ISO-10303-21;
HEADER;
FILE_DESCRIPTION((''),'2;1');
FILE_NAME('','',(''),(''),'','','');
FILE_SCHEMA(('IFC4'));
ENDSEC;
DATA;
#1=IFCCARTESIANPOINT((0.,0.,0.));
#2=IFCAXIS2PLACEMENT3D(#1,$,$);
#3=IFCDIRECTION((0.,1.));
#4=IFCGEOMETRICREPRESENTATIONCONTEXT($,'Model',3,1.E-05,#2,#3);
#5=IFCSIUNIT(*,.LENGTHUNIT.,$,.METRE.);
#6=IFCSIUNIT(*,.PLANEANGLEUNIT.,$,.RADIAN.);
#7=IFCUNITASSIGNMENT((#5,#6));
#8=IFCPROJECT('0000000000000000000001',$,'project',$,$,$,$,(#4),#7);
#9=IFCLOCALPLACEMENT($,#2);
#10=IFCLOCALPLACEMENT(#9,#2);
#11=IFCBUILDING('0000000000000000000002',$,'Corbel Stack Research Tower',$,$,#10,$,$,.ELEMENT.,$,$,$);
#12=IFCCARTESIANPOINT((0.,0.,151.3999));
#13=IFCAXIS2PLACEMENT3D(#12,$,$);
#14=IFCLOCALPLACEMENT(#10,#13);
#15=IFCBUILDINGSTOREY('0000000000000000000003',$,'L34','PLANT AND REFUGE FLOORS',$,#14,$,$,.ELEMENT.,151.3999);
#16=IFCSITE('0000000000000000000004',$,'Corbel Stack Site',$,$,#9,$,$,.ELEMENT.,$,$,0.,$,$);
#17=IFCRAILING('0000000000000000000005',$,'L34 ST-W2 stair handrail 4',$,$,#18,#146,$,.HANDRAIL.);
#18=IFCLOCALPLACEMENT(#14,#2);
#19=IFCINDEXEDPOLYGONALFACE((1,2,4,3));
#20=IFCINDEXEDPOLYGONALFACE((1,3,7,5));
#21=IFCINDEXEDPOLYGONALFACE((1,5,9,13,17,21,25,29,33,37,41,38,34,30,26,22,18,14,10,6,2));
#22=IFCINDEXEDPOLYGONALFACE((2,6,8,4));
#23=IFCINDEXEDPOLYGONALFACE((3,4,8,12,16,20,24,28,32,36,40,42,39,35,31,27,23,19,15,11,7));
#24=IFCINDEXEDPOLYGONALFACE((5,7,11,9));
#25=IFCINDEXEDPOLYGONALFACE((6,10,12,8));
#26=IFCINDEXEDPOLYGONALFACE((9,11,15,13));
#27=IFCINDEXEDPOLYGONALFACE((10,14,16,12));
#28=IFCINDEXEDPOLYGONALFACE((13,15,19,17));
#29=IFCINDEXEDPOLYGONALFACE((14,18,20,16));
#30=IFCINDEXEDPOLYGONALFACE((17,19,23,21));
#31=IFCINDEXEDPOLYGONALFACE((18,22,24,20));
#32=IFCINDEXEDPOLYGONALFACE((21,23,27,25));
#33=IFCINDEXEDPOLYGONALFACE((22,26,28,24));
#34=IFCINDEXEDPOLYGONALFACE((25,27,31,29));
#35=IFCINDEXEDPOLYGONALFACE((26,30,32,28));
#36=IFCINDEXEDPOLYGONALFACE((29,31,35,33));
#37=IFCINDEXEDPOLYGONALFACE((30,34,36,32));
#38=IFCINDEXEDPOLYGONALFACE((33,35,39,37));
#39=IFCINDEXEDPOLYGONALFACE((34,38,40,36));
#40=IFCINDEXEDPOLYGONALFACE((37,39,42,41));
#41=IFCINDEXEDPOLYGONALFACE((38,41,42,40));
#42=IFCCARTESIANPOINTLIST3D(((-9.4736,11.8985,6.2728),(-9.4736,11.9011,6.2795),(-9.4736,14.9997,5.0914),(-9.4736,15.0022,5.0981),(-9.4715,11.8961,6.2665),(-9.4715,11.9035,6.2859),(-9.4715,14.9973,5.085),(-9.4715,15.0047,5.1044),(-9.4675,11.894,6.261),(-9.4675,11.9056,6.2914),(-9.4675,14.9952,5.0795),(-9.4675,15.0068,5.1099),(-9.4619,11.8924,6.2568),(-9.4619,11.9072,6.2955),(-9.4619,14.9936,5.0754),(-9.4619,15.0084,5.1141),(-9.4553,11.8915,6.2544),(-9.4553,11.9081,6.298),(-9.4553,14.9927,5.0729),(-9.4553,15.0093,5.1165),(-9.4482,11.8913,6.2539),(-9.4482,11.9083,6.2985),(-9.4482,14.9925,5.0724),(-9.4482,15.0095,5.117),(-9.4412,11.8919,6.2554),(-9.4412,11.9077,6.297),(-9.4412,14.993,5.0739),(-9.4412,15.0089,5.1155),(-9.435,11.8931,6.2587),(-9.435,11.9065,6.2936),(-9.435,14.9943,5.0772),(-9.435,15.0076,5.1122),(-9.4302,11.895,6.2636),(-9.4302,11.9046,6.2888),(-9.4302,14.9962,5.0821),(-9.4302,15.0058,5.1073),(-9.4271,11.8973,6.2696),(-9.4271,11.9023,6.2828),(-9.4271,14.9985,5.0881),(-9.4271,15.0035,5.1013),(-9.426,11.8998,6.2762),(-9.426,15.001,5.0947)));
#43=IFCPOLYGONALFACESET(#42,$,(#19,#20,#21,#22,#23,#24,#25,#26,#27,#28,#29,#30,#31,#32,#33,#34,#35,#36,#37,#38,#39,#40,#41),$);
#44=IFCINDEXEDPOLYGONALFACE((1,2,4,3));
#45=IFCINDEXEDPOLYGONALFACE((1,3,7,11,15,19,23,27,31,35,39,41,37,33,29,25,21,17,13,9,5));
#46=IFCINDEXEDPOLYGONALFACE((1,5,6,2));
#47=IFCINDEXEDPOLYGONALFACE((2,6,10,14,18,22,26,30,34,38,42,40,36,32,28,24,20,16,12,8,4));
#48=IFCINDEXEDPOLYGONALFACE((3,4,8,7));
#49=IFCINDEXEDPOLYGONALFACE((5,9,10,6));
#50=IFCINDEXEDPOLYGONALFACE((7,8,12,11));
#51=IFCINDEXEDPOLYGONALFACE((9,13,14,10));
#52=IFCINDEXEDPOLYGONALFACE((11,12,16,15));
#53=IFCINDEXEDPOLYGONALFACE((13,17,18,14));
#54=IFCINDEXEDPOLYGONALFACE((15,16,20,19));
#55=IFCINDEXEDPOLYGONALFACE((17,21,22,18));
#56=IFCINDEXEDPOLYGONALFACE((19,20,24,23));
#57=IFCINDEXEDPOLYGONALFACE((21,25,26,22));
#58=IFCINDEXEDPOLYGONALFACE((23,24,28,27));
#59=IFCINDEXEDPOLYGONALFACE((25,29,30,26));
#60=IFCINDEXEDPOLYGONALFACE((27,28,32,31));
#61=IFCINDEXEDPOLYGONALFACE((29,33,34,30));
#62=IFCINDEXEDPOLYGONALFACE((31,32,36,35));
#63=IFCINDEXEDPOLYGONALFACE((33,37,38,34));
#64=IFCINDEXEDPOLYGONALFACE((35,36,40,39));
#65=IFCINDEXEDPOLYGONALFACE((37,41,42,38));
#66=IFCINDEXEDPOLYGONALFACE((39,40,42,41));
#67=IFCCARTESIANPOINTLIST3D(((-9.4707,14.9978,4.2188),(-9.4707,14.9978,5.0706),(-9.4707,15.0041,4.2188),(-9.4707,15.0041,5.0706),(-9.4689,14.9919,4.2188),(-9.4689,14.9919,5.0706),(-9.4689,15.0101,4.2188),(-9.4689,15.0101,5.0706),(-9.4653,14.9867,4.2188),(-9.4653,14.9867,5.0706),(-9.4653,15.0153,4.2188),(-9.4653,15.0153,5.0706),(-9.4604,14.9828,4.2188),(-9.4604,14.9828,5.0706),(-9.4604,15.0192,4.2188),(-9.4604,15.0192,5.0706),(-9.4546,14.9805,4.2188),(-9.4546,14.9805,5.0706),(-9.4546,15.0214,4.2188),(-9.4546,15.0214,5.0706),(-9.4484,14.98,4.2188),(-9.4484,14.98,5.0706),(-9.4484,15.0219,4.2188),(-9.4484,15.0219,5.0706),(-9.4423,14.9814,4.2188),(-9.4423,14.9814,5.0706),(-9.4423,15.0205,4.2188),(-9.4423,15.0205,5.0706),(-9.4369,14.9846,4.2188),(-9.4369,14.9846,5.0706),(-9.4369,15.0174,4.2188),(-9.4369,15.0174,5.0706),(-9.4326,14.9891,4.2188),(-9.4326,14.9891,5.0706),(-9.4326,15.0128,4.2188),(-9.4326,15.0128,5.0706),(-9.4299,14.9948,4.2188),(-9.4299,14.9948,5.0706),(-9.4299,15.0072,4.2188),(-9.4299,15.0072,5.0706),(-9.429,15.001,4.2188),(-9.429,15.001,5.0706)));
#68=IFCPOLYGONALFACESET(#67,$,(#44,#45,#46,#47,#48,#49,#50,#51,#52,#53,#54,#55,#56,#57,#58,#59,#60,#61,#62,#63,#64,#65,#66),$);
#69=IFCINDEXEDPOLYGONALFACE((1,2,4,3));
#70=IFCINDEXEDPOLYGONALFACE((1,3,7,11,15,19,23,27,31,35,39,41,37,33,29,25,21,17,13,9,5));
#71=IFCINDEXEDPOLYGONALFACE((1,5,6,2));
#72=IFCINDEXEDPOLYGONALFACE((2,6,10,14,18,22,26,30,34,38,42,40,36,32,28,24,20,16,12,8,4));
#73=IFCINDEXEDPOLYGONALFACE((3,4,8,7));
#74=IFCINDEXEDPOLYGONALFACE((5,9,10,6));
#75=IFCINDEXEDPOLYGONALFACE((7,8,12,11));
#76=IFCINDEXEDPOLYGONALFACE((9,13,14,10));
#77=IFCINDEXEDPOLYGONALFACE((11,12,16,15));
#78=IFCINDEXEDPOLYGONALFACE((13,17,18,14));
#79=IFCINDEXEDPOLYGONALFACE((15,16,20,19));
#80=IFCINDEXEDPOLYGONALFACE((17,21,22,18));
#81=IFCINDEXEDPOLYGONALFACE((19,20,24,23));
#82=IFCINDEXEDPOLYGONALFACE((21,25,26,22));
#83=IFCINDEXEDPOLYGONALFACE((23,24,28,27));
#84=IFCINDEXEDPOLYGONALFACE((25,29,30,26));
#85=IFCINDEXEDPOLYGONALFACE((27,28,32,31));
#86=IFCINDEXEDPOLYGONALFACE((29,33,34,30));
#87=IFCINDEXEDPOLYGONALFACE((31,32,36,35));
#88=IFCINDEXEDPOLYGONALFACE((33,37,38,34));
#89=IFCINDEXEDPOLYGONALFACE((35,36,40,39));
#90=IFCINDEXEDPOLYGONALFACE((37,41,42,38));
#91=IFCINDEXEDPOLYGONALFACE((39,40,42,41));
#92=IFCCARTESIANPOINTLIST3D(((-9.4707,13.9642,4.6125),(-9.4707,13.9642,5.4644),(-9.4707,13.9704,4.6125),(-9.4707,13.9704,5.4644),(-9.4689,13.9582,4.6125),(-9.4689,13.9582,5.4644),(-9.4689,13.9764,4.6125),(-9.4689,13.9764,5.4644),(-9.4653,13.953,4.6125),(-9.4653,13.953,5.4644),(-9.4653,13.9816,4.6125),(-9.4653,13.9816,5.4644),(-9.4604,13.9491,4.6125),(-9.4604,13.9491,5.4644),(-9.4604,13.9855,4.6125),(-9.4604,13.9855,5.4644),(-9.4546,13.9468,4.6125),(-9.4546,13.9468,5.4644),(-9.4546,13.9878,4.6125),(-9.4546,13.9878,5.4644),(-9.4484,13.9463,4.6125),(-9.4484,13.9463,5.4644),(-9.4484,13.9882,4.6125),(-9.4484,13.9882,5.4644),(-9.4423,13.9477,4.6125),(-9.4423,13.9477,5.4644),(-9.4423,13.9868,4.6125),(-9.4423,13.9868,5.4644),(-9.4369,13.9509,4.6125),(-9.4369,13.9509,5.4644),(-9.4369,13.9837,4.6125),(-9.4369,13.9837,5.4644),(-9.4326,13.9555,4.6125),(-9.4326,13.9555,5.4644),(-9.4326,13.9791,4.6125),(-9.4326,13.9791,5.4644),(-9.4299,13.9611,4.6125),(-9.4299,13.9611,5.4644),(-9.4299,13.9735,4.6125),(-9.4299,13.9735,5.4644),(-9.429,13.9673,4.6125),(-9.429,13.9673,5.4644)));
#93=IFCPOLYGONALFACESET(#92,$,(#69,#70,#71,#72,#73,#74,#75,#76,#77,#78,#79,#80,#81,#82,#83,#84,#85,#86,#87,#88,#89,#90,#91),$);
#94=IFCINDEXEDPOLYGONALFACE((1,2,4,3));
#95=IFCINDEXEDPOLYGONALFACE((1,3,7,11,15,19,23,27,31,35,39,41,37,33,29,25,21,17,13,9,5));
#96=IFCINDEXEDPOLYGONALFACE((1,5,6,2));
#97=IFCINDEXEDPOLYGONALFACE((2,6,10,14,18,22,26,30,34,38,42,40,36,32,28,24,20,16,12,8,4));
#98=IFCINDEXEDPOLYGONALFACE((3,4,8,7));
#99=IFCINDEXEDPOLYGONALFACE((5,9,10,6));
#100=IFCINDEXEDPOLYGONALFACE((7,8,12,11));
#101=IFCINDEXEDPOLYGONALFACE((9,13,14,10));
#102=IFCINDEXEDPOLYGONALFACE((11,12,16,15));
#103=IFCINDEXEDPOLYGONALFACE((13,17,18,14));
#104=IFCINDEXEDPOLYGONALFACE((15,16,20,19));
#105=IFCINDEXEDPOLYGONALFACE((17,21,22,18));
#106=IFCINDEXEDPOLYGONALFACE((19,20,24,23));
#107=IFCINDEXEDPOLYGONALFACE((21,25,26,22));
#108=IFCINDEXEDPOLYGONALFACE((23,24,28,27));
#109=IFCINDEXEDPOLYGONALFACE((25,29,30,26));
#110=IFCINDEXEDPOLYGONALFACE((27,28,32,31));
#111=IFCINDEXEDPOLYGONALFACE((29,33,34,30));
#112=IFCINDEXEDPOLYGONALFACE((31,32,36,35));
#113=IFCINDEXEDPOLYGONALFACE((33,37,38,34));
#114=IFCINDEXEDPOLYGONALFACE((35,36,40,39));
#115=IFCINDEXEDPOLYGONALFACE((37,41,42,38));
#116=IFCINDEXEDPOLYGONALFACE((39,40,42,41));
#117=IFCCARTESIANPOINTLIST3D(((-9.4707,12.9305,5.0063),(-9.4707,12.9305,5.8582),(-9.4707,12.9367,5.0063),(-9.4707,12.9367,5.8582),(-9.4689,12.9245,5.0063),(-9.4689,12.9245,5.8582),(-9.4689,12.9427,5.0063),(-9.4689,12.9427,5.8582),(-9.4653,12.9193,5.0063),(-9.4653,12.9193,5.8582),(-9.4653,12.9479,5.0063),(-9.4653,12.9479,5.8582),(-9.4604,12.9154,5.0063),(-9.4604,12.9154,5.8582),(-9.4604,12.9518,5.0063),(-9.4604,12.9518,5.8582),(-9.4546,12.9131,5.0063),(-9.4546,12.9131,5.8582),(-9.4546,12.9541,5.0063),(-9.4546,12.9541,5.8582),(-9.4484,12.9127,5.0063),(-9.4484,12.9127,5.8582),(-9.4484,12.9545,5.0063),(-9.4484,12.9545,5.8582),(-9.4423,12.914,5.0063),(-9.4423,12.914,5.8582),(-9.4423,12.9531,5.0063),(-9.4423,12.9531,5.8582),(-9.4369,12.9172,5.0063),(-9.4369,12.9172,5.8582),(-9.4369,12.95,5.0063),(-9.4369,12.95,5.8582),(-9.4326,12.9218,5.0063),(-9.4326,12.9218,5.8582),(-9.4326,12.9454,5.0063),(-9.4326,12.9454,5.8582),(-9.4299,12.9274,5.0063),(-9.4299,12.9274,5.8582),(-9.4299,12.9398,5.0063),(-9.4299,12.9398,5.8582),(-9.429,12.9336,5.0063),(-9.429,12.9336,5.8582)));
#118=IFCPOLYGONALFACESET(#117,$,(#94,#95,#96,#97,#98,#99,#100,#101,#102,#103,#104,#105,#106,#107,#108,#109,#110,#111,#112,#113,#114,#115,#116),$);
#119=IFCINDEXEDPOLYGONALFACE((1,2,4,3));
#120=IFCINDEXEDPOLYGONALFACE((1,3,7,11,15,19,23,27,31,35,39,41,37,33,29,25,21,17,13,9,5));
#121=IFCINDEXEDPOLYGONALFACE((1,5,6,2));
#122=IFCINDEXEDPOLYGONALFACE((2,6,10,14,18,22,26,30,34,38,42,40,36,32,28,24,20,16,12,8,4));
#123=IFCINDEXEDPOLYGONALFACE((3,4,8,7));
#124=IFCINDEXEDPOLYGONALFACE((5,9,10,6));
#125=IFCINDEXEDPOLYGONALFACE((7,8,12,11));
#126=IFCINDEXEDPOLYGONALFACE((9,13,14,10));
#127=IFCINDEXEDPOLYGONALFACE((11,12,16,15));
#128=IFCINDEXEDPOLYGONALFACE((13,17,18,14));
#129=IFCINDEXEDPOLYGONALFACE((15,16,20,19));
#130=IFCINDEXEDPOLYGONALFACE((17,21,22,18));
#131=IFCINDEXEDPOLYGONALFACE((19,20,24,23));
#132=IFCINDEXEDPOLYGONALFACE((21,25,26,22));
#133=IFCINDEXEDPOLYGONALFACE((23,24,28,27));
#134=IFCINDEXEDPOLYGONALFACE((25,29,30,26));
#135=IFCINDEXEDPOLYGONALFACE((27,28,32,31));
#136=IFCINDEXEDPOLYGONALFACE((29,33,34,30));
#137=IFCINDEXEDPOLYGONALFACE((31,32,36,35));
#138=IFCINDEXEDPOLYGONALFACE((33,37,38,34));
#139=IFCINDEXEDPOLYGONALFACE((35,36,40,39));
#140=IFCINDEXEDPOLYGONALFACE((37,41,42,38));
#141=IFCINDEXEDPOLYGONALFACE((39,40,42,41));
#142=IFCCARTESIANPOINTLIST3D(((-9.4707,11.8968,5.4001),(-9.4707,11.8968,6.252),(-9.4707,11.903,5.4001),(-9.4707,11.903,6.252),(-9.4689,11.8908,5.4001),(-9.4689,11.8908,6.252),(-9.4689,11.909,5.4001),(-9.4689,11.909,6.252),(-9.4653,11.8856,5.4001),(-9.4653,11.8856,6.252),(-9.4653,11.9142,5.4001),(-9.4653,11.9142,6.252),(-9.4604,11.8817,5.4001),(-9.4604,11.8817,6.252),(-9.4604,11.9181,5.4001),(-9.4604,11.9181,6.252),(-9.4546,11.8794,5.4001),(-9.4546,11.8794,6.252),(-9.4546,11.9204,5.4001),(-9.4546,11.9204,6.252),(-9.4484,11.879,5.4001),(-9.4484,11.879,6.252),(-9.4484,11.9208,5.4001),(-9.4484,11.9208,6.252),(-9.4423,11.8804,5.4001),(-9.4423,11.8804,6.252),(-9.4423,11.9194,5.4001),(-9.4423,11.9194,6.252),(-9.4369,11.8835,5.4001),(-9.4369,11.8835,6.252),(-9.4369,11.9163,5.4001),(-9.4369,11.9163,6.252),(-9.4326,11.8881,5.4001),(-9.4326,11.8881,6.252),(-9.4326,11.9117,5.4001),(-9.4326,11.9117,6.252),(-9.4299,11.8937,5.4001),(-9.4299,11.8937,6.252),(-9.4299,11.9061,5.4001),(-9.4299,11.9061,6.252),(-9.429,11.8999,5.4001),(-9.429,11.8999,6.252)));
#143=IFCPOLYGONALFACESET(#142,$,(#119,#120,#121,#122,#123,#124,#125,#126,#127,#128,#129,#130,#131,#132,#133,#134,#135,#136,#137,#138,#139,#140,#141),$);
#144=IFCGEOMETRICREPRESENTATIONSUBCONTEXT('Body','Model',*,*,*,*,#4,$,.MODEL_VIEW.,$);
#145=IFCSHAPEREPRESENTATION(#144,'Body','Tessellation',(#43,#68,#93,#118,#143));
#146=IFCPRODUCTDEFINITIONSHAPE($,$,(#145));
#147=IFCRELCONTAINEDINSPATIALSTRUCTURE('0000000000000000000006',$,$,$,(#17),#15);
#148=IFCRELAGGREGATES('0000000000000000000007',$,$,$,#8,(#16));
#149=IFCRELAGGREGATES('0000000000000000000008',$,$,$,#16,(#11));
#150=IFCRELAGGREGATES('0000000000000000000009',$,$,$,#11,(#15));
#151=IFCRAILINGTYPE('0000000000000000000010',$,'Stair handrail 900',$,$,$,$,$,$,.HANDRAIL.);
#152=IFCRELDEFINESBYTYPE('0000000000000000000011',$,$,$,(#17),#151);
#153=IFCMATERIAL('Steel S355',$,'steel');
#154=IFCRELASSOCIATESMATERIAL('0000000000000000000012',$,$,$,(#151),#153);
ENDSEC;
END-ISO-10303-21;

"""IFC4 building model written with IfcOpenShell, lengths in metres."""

from ifc_helpers import new_model, si_unit, direction, frame, origin, origin_2d, place, context, subcontext, project, spatial, circle, extrude, material, type_object, element, save


model = new_model("IFC4")

# Units and contexts
model_context = context("Model", 3, precision=1e-05, world=origin(), true_north=direction((0.0, 1.0)))
body_context = subcontext(model_context, "Body", "Model", "MODEL_VIEW")
ifc_project = project(units=[si_unit("LENGTHUNIT", "METRE"), si_unit("PLANEANGLEUNIT", "RADIAN")], contexts=[model_context])

# Site, building, storey
site_placement = place(None, origin())
site = spatial("IfcSite", under=ifc_project, at=site_placement, Name="Corbel Stack Site", CompositionType="ELEMENT", RefElevation=0.0)
building_placement = place(site_placement, origin())
building = spatial("IfcBuilding", under=site, at=building_placement, Name="Corbel Stack Research Tower", CompositionType="ELEMENT")
storey_placement = place(building_placement, frame((0.0, 0.0, 151.3999)))
storey = spatial("IfcBuildingStorey", under=building, at=storey_placement, Name="L34", Description="PLANT AND REFUGE FLOORS", CompositionType="ELEMENT", Elevation=151.3999)

# Railing
ifc_material_1 = material(Name="Steel S355", Category="steel")
railing_type_1 = type_object("IfcRailingType", Name="Stair handrail 900", PredefinedType="HANDRAIL", material=ifc_material_1)
for number, where, name in (
    (1, (-9.45, 15.001, 4.2188), "L34 ST-W2 stair handrail 4"),
):
    element("IfcRailing", number, at=place(storey_placement, frame(where)), inside=storey, type_object=railing_type_1, Name=name, PredefinedType="HANDRAIL", context=body_context, shape_type="SweptSolid", body=[
        extrude(circle(Radius=0.0239, at=origin_2d()), frame((0.0, 0.0, 0.876), z_axis=(0.0, -0.934484, 0.356005), x_axis=(1.0, 0.0, 0.0)), (0.0, 0.0, 1.0), 3.3186),
        extrude(circle(Radius=0.021, at=origin_2d()), origin(), (0.0, 0.0, 1.0), 0.8518),
        extrude(circle(Radius=0.021, at=origin_2d()), frame((0.0, -1.0337, 0.3938)), (0.0, 0.0, 1.0), 0.8518),
        extrude(circle(Radius=0.021, at=origin_2d()), frame((0.0, -2.0674, 0.7876)), (0.0, 0.0, 1.0), 0.8518),
        extrude(circle(Radius=0.021, at=origin_2d()), frame((0.0, -3.1011, 1.1814)), (0.0, 0.0, 1.0), 0.8518),
    ])

save(model, "model.ifc")
